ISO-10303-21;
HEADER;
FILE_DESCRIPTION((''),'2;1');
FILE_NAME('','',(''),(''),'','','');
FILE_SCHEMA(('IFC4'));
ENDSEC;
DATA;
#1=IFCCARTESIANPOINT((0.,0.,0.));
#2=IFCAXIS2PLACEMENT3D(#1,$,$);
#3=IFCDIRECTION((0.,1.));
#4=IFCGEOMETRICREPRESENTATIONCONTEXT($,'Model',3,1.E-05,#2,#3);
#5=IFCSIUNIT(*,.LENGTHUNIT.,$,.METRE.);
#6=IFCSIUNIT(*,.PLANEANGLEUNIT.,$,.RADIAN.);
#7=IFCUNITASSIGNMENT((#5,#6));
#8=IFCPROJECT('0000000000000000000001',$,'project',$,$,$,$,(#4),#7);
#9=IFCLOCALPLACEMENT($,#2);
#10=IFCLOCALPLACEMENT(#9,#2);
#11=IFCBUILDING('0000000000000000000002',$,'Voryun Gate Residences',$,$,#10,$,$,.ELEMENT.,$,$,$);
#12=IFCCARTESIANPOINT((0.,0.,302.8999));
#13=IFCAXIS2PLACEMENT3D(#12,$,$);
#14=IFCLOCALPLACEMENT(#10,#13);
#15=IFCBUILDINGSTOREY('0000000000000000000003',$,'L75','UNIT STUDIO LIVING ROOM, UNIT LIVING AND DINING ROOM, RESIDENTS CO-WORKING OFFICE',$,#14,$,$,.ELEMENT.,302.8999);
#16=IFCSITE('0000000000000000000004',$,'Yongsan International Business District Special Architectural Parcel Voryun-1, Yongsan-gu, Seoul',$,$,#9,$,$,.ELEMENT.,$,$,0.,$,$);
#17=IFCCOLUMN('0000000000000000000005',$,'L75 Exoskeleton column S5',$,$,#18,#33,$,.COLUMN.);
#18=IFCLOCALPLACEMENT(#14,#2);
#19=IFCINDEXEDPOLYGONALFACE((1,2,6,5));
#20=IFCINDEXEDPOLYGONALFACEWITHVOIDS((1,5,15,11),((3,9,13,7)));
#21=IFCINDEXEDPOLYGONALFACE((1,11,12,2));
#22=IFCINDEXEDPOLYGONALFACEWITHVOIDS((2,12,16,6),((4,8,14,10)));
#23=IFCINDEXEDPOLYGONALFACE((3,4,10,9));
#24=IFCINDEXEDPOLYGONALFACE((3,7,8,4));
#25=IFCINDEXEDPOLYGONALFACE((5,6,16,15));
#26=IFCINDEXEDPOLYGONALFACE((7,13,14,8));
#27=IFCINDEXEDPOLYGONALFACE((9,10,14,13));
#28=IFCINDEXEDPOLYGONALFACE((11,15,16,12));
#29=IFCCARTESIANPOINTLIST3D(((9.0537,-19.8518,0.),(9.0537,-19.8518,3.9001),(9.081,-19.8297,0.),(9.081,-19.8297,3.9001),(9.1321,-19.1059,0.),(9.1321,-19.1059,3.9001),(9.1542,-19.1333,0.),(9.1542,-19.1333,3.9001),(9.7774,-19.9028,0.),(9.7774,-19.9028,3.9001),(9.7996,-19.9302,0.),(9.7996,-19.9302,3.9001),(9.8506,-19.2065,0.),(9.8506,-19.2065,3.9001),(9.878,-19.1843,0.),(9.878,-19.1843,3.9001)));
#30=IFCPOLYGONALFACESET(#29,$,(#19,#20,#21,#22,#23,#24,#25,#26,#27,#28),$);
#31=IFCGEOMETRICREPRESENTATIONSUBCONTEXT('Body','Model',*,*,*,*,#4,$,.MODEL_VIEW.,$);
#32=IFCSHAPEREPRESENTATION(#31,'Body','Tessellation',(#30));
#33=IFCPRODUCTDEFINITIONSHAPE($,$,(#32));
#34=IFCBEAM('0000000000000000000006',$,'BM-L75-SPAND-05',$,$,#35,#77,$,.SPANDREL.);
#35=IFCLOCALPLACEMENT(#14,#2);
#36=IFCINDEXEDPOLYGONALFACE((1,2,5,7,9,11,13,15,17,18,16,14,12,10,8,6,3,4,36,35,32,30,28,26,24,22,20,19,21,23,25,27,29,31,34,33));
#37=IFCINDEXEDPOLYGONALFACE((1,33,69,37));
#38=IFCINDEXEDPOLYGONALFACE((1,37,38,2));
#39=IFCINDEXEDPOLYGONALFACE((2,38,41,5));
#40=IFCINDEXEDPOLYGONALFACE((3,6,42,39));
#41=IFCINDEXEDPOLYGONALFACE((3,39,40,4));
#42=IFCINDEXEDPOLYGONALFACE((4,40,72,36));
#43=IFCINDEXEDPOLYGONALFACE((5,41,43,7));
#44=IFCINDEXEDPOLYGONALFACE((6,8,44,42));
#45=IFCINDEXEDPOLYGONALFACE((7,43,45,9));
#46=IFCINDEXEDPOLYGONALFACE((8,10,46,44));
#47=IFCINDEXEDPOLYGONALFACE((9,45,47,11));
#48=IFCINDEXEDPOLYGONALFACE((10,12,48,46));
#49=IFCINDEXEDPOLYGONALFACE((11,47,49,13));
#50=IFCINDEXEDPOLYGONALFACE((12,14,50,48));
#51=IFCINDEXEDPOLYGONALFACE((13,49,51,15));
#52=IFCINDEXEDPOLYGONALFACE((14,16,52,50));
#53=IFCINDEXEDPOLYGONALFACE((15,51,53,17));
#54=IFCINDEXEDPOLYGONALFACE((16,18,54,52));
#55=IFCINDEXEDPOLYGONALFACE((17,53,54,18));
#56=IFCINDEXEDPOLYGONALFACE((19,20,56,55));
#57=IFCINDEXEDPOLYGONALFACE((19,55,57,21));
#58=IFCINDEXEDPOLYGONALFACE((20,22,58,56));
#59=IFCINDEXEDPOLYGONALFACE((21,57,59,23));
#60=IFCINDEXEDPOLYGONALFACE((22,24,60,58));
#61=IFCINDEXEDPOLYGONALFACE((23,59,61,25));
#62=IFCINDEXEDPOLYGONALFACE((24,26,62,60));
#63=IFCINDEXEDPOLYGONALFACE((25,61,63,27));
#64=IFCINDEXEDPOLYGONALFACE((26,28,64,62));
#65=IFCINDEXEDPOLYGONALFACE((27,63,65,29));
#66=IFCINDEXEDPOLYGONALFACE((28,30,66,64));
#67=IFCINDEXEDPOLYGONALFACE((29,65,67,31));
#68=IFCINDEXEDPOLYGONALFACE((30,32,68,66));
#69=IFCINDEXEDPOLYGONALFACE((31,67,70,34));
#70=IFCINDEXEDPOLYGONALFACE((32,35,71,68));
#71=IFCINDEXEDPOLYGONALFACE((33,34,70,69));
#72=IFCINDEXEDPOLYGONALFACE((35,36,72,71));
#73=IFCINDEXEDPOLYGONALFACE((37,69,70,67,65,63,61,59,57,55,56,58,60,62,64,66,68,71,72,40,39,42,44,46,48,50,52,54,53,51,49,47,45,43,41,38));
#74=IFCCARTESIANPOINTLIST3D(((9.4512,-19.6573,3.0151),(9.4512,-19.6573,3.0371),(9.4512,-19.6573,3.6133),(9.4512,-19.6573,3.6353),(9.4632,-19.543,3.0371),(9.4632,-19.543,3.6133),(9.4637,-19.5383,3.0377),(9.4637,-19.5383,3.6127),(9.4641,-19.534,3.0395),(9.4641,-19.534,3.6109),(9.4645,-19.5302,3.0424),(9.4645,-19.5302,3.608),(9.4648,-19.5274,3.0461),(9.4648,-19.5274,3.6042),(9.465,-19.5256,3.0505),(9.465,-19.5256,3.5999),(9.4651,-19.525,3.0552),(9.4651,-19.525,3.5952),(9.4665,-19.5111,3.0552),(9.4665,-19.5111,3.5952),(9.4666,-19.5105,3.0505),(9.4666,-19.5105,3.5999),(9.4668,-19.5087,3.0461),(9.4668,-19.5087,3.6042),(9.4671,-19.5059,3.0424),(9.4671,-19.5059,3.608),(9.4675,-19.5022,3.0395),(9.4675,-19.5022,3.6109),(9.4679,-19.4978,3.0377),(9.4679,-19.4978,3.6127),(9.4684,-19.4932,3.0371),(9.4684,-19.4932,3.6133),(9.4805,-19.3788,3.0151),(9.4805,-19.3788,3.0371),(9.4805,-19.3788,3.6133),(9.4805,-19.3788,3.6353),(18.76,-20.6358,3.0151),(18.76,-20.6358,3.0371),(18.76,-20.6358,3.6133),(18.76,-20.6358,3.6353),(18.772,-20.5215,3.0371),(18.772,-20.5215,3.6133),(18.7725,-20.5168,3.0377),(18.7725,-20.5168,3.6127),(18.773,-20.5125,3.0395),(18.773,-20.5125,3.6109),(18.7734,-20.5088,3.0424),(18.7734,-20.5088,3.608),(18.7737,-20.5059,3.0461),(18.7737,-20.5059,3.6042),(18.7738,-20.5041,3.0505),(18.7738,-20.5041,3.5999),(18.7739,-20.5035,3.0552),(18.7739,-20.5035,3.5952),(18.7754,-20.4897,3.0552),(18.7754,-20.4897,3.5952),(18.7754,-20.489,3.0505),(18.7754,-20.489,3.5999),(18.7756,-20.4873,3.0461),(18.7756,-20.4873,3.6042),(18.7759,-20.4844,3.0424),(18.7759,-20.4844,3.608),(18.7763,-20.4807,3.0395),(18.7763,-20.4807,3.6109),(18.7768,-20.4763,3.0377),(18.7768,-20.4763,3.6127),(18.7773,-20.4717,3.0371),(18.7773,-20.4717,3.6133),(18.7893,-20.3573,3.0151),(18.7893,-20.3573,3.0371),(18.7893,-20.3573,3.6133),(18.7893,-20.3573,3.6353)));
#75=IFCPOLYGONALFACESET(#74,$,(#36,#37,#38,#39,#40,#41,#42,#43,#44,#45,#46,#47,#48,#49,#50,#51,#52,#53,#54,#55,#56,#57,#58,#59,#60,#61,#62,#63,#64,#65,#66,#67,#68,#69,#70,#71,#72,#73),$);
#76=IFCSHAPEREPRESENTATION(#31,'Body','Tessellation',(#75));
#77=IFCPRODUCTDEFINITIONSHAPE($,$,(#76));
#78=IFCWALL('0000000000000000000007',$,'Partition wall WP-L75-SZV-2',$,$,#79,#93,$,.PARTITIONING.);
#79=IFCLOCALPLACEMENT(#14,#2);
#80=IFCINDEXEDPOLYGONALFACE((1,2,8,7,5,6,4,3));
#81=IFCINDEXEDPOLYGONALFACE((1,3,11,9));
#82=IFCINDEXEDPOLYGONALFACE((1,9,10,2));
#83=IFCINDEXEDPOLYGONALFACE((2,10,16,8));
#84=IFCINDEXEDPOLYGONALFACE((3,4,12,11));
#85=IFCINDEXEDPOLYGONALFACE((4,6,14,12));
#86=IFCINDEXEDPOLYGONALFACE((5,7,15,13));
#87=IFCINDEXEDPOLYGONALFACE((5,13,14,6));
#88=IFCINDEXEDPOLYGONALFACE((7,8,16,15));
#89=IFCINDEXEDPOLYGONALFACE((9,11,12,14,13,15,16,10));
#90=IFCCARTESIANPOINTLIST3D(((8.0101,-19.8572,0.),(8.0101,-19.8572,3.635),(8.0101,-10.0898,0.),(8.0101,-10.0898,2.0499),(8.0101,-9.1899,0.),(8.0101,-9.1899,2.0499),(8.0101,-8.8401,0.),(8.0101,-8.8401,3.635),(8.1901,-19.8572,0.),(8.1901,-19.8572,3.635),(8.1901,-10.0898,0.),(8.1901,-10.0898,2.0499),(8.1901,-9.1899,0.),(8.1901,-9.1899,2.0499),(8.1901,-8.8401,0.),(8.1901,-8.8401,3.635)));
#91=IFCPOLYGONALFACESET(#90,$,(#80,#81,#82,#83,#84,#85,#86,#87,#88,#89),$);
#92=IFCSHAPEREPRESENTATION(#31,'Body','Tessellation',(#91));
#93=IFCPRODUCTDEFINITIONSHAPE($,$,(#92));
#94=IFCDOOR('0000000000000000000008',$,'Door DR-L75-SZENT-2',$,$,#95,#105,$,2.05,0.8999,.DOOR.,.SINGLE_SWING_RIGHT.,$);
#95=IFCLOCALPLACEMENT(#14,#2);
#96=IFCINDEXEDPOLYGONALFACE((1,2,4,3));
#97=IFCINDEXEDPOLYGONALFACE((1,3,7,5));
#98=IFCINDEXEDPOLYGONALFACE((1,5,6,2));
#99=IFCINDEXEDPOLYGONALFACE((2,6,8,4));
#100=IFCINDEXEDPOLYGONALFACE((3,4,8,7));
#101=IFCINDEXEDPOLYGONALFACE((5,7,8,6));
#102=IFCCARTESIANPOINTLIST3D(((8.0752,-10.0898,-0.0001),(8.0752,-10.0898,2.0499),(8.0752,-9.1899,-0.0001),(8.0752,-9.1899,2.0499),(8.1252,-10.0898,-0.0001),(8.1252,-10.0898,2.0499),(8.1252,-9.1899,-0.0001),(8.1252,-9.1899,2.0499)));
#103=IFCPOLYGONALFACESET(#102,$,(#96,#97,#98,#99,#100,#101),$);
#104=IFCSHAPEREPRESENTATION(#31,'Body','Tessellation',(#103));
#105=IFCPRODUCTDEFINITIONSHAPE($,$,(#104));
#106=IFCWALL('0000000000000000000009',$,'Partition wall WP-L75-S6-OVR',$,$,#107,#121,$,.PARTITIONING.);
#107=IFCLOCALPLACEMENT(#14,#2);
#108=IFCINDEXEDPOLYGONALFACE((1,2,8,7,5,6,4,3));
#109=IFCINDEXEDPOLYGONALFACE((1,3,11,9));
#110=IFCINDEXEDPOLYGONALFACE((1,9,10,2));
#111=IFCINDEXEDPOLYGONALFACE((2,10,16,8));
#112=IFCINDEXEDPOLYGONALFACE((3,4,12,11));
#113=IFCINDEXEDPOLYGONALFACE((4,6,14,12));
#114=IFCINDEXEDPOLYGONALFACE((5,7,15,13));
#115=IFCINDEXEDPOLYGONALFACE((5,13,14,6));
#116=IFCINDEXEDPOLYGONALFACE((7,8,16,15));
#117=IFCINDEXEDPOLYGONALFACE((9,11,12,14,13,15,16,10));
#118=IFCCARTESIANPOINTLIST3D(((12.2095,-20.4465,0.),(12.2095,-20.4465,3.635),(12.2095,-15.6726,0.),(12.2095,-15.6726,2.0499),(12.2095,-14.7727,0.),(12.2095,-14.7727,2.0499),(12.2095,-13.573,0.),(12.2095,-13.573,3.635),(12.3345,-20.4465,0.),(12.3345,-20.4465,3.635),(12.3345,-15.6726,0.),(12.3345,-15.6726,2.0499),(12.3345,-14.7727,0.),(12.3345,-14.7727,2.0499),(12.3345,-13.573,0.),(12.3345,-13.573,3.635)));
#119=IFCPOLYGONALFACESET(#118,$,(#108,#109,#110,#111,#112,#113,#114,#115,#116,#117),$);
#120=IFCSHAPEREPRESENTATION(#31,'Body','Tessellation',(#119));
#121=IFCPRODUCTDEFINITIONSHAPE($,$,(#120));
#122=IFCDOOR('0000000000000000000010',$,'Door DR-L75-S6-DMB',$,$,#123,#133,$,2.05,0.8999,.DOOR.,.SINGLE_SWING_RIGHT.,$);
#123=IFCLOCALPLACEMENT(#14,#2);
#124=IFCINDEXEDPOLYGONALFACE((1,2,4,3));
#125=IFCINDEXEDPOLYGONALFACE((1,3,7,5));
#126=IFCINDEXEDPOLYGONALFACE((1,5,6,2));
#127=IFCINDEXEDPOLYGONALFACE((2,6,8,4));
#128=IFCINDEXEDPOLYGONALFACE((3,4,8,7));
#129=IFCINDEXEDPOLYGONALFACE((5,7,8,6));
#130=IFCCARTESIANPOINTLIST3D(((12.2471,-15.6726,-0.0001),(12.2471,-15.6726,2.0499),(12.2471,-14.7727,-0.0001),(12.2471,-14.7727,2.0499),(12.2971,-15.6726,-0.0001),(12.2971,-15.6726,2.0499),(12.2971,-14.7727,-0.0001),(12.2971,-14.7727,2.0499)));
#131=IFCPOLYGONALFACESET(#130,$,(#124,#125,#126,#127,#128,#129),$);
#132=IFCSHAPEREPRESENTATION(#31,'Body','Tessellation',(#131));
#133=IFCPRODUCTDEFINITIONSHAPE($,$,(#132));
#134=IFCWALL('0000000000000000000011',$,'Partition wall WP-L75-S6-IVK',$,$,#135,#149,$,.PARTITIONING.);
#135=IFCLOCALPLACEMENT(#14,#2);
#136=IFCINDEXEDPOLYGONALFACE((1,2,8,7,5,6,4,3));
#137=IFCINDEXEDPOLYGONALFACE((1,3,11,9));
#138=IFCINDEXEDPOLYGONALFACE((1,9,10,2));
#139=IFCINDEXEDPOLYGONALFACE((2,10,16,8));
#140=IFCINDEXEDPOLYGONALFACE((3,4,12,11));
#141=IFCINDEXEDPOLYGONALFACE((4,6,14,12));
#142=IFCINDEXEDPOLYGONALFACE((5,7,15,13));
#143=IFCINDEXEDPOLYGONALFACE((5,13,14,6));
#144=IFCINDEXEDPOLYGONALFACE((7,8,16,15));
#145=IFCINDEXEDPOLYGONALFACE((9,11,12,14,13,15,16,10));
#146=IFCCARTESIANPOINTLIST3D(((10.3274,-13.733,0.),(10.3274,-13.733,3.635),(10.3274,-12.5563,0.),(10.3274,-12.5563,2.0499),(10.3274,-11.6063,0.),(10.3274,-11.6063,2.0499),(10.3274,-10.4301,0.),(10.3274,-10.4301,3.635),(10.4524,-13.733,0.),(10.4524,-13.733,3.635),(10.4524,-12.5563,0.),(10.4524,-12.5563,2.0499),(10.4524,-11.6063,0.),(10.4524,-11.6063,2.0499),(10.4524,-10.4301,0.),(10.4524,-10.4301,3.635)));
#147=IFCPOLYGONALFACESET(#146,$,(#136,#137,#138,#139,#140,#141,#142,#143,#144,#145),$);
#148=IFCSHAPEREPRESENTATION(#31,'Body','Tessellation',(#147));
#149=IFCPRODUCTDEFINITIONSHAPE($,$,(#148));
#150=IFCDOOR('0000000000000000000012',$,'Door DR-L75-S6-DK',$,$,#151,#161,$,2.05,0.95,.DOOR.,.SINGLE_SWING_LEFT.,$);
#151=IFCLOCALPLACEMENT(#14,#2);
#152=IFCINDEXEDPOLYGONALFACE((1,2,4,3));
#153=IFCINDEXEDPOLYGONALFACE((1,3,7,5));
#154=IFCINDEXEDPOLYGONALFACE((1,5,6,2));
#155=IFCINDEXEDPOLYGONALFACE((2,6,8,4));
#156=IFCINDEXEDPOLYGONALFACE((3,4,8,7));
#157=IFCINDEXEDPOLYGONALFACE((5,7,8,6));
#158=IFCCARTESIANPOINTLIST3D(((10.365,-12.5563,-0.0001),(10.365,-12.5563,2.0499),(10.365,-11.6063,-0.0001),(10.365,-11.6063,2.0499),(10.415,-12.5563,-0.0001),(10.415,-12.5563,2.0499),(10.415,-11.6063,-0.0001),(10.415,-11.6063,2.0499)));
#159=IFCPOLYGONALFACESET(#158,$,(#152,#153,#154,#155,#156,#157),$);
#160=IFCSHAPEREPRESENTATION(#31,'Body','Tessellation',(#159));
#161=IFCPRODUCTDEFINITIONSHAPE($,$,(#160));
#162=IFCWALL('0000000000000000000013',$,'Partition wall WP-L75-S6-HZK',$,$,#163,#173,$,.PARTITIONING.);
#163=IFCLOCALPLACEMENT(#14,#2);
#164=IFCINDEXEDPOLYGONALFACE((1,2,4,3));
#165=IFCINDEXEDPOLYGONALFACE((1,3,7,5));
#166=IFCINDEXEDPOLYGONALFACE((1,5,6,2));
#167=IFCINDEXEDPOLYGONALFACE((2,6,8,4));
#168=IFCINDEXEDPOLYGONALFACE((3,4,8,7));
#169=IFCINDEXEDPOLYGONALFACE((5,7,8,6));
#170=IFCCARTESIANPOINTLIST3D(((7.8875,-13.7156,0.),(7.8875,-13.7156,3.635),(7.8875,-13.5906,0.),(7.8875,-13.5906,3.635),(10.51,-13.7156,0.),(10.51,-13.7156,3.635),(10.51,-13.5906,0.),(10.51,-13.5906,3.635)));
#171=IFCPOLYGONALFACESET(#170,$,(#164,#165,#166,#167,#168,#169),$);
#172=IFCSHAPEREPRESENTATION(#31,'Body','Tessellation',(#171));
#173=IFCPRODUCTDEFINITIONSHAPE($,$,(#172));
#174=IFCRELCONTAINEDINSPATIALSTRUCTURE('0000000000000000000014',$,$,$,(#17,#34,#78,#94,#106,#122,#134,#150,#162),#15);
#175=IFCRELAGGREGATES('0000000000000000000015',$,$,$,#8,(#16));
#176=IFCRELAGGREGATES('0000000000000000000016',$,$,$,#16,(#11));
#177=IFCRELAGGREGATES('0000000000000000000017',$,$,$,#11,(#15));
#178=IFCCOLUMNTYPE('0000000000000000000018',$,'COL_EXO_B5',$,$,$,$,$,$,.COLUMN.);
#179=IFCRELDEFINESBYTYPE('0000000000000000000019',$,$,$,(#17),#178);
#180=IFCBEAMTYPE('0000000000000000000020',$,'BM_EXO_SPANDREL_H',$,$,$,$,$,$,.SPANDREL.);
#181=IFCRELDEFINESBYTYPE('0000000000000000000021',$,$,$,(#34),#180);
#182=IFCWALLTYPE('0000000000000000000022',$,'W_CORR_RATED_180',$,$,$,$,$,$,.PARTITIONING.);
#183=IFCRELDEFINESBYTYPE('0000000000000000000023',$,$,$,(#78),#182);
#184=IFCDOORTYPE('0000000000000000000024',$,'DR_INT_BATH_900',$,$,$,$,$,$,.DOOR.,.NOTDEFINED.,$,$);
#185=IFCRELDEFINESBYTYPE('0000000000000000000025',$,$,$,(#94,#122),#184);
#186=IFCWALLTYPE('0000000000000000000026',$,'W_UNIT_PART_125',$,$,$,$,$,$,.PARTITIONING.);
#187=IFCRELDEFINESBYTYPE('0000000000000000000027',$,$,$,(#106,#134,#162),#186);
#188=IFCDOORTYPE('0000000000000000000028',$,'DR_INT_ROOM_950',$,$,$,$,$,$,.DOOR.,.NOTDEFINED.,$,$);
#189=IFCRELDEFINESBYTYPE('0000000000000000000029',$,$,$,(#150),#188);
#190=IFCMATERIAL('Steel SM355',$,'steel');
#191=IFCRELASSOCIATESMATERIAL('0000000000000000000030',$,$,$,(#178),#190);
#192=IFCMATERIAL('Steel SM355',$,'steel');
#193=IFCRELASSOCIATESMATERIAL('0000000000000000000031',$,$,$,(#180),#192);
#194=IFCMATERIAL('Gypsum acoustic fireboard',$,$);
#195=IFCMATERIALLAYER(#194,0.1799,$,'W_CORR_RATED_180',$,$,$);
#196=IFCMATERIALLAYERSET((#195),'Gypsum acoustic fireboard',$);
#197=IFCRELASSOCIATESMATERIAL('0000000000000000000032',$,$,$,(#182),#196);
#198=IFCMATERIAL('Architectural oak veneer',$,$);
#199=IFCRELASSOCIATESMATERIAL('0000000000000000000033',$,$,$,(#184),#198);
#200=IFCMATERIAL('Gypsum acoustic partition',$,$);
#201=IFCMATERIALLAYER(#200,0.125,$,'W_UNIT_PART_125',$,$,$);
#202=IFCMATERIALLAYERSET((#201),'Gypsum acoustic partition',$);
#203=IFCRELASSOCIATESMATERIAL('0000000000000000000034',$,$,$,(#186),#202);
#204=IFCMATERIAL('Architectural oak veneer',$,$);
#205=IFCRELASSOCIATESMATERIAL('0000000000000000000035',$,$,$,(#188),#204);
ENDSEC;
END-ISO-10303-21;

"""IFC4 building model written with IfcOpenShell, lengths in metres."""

from ifc_helpers import new_model, si_unit, direction, frame, frame_2d, origin, origin_2d, place, context, subcontext, project, spatial, rectangle, hollow_rectangle, i_section, extrude, material, layer, layer_set, material_profile, profile_set, type_object, element, fill, save


model = new_model("IFC4")

# Units and contexts
model_context = context("Model", 3, precision=1e-05, world=origin(), true_north=direction((0.0, 1.0)))
body_context = subcontext(model_context, "Body", "Model", "MODEL_VIEW")
ifc_project = project(units=[si_unit("LENGTHUNIT", "METRE"), si_unit("PLANEANGLEUNIT", "RADIAN")], contexts=[model_context])

# Site, building, storey
site_placement = place(None, origin())
site = spatial("IfcSite", under=ifc_project, at=site_placement, Name="Yongsan International Business District Special Architectural Parcel Voryun-1, Yongsan-gu, Seoul", CompositionType="ELEMENT", RefElevation=0.0)
building_placement = place(site_placement, origin())
building = spatial("IfcBuilding", under=site, at=building_placement, Name="Voryun Gate Residences", CompositionType="ELEMENT")
storey_placement = place(building_placement, frame((0.0, 0.0, 302.8999)))
storey = spatial("IfcBuildingStorey", under=building, at=storey_placement, Name="L75", Description="UNIT STUDIO LIVING ROOM, UNIT LIVING AND DINING ROOM, RESIDENTS CO-WORKING OFFICE", CompositionType="ELEMENT", Elevation=302.8999)

# Column
ifc_material_1 = material(Name="Steel SM355", Category="steel")
ifc_material_profile_1 = material_profile(ifc_material_1, hollow_rectangle(XDim=0.75, YDim=0.75, WallThickness=0.0249, at=origin_2d()), Name="BOX-750x750x25")
ifc_profile_set_1 = profile_set([ifc_material_profile_1], Name="Steel SM355")
column_type = type_object("IfcColumnType", Name="COL_EXO_B5", PredefinedType="COLUMN", material=ifc_profile_set_1)
column_placement = place(storey_placement, frame((9.4658, -19.5181, 0.0), z_axis=(0.0, 0.0, 1.0), x_axis=(0.994522, -0.104528, 0.0)))
element("IfcColumn", 1, at=column_placement, inside=storey, type_object=column_type, Name="L75 Exoskeleton column S5", PredefinedType="COLUMN", context=body_context, shape_type="SweptSolid", body=[
    extrude(hollow_rectangle(XDim=0.75, YDim=0.75, WallThickness=0.0249, at=origin_2d()), origin(), (0.0, 0.0, 1.0), 3.9001),
])

# Beam
ifc_material_2 = material(Name="Steel SM355", Category="steel")
ifc_material_profile_2 = material_profile(ifc_material_2, i_section(OverallWidth=0.28, OverallDepth=0.6201, WebThickness=0.0139, FlangeThickness=0.022, FilletRadius=0.0181, at=origin_2d()), Name="H-620x280x14x22")
ifc_profile_set_2 = profile_set([ifc_material_profile_2], Name="Steel SM355")
beam_type = type_object("IfcBeamType", Name="BM_EXO_SPANDREL_H", PredefinedType="SPANDREL", material=ifc_profile_set_2)
beam_placement = place(storey_placement, frame((9.4658, -19.5181, 3.3252), z_axis=(0.994521, -0.104541, 0.0), x_axis=(0.104541, 0.994521, 0.0)))
element("IfcBeam", 2, at=beam_placement, inside=storey, type_object=beam_type, Name="BM-L75-SPAND-05", PredefinedType="SPANDREL", context=body_context, shape_type="SweptSolid", body=[
    extrude(i_section(OverallWidth=0.28, OverallDepth=0.6201, WebThickness=0.0139, FlangeThickness=0.022, FilletRadius=0.0181, at=origin_2d()), origin(), (0.0, 0.0, 1.0), 9.3601),
])

# Walls, openings, doors
ifc_material_3 = material(Name="Gypsum acoustic fireboard")
ifc_layer_1 = layer(ifc_material_3, 0.1799, Name="W_CORR_RATED_180")
ifc_layer_set_1 = layer_set([ifc_layer_1], Name="Gypsum acoustic fireboard")
wall_type_1 = type_object("IfcWallType", Name="W_CORR_RATED_180", PredefinedType="PARTITIONING", material=ifc_layer_set_1)
wall_1_placement = place(storey_placement, frame((8.1001, -19.8572, 0.0), z_axis=(0.0, 0.0, 1.0), x_axis=(0.0, 1.0, 0.0)))
wall_1 = element("IfcWall", 3, at=wall_1_placement, inside=storey, type_object=wall_type_1, Name="Partition wall WP-L75-SZV-2", PredefinedType="PARTITIONING", context=body_context, shape_type="SweptSolid", body=[
    extrude(rectangle(XDim=11.0171, YDim=0.1799, at=frame_2d((5.5085, 0.0))), origin(), (0.0, 0.0, 1.0), 3.635),
])
opening_1_placement = place(wall_1_placement, frame((9.7673, 0.0, 0.0)))
opening_1 = element("IfcOpeningElement", 4, at=opening_1_placement, cuts=wall_1, PredefinedType="OPENING", context=body_context, shape_type="SweptSolid", body=[
    extrude(rectangle(XDim=0.8999, YDim=2.05, at=frame_2d((0.45, 1.0249))), frame((0.0, 0.0999, 0.0), z_axis=(0.0, -1.0, 0.0), x_axis=(1.0, 0.0, 0.0)), (0.0, 0.0, 1.0), 0.2),
])
ifc_material_4 = material(Name="Architectural oak veneer")
door_type_1 = type_object("IfcDoorType", Name="DR_INT_BATH_900", OperationType="NOTDEFINED", PredefinedType="DOOR", material=ifc_material_4)
door_1_placement = place(opening_1_placement, origin())
door_1 = element("IfcDoor", 5, at=door_1_placement, inside=storey, type_object=door_type_1, Name="Door DR-L75-SZENT-2", OperationType="SINGLE_SWING_RIGHT", OverallHeight=2.05, OverallWidth=0.8999, PredefinedType="DOOR", context=body_context, shape_type="SweptSolid", body=[
    extrude(rectangle(XDim=0.8999, YDim=2.05, at=frame_2d((0.45, 1.0249))), frame((0.0, 0.0249, 0.0), z_axis=(0.0, -1.0, 0.0), x_axis=(1.0, 0.0, 0.0)), (0.0, 0.0, 1.0), 0.05),
])
fill(opening_1, door_1)
ifc_material_5 = material(Name="Gypsum acoustic partition")
ifc_layer_2 = layer(ifc_material_5, 0.125, Name="W_UNIT_PART_125")
ifc_layer_set_2 = layer_set([ifc_layer_2], Name="Gypsum acoustic partition")
wall_type_2 = type_object("IfcWallType", Name="W_UNIT_PART_125", PredefinedType="PARTITIONING", material=ifc_layer_set_2)
wall_2_placement = place(storey_placement, frame((12.272, -20.4465, 0.0), z_axis=(0.0, 0.0, 1.0), x_axis=(0.0, 1.0, 0.0)))
wall_2 = element("IfcWall", 6, at=wall_2_placement, inside=storey, type_object=wall_type_2, Name="Partition wall WP-L75-S6-OVR", PredefinedType="PARTITIONING", context=body_context, shape_type="SweptSolid", body=[
    extrude(rectangle(XDim=6.8735, YDim=0.125, at=frame_2d((3.4368, 0.0))), origin(), (0.0, 0.0, 1.0), 3.635),
])
opening_2_placement = place(wall_2_placement, frame((4.7739, 0.0, 0.0)))
opening_2 = element("IfcOpeningElement", 7, at=opening_2_placement, cuts=wall_2, PredefinedType="OPENING", context=body_context, shape_type="SweptSolid", body=[
    extrude(rectangle(XDim=0.8999, YDim=2.05, at=frame_2d((0.45, 1.0249))), frame((0.0, 0.0725, 0.0), z_axis=(0.0, -1.0, 0.0), x_axis=(1.0, 0.0, 0.0)), (0.0, 0.0, 1.0), 0.145),
])
door_2_placement = place(opening_2_placement, origin())
door_2 = element("IfcDoor", 8, at=door_2_placement, inside=storey, type_object=door_type_1, Name="Door DR-L75-S6-DMB", OperationType="SINGLE_SWING_RIGHT", OverallHeight=2.05, OverallWidth=0.8999, PredefinedType="DOOR", context=body_context, shape_type="SweptSolid", body=[
    extrude(rectangle(XDim=0.8999, YDim=2.05, at=frame_2d((0.45, 1.0249))), frame((0.0, 0.0249, 0.0), z_axis=(0.0, -1.0, 0.0), x_axis=(1.0, 0.0, 0.0)), (0.0, 0.0, 1.0), 0.05),
])
fill(opening_2, door_2)
wall_3_placement = place(storey_placement, frame((10.3899, -13.7329, 0.0), z_axis=(0.0, 0.0, 1.0), x_axis=(0.0, 1.0, 0.0)))
wall_3 = element("IfcWall", 9, at=wall_3_placement, inside=storey, type_object=wall_type_2, Name="Partition wall WP-L75-S6-IVK", PredefinedType="PARTITIONING", context=body_context, shape_type="SweptSolid", body=[
    extrude(rectangle(XDim=3.303, YDim=0.125, at=frame_2d((1.6514, 0.0))), origin(), (0.0, 0.0, 1.0), 3.635),
])
opening_3_placement = place(wall_3_placement, frame((1.1765, 0.0, 0.0)))
opening_3 = element("IfcOpeningElement", 10, at=opening_3_placement, cuts=wall_3, PredefinedType="OPENING", context=body_context, shape_type="SweptSolid", body=[
    extrude(rectangle(XDim=0.95, YDim=2.05, at=frame_2d((0.4751, 1.0249))), frame((0.0, 0.0725, 0.0), z_axis=(0.0, -1.0, 0.0), x_axis=(1.0, 0.0, 0.0)), (0.0, 0.0, 1.0), 0.145),
])
ifc_material_6 = material(Name="Architectural oak veneer")
door_type_2 = type_object("IfcDoorType", Name="DR_INT_ROOM_950", OperationType="NOTDEFINED", PredefinedType="DOOR", material=ifc_material_6)
door_3_placement = place(opening_3_placement, origin())
door_3 = element("IfcDoor", 11, at=door_3_placement, inside=storey, type_object=door_type_2, Name="Door DR-L75-S6-DK", OperationType="SINGLE_SWING_LEFT", OverallHeight=2.05, OverallWidth=0.95, PredefinedType="DOOR", context=body_context, shape_type="SweptSolid", body=[
    extrude(rectangle(XDim=0.95, YDim=2.05, at=frame_2d((0.4751, 1.0249))), frame((0.0, 0.0249, 0.0), z_axis=(0.0, -1.0, 0.0), x_axis=(1.0, 0.0, 0.0)), (0.0, 0.0, 1.0), 0.05),
])
fill(opening_3, door_3)

# Wall
wall_4_placement = place(storey_placement, frame((7.8875, -13.6531, 0.0), z_axis=(0.0, 0.0, 1.0), x_axis=(1.0, 0.0, 0.0)))
element("IfcWall", 12, at=wall_4_placement, inside=storey, type_object=wall_type_2, Name="Partition wall WP-L75-S6-HZK", PredefinedType="PARTITIONING", context=body_context, shape_type="SweptSolid", body=[
    extrude(rectangle(XDim=2.6226, YDim=0.125, at=frame_2d((1.3113, 0.0))), origin(), (0.0, 0.0, 1.0), 3.635),
])

save(model, "model.ifc")
